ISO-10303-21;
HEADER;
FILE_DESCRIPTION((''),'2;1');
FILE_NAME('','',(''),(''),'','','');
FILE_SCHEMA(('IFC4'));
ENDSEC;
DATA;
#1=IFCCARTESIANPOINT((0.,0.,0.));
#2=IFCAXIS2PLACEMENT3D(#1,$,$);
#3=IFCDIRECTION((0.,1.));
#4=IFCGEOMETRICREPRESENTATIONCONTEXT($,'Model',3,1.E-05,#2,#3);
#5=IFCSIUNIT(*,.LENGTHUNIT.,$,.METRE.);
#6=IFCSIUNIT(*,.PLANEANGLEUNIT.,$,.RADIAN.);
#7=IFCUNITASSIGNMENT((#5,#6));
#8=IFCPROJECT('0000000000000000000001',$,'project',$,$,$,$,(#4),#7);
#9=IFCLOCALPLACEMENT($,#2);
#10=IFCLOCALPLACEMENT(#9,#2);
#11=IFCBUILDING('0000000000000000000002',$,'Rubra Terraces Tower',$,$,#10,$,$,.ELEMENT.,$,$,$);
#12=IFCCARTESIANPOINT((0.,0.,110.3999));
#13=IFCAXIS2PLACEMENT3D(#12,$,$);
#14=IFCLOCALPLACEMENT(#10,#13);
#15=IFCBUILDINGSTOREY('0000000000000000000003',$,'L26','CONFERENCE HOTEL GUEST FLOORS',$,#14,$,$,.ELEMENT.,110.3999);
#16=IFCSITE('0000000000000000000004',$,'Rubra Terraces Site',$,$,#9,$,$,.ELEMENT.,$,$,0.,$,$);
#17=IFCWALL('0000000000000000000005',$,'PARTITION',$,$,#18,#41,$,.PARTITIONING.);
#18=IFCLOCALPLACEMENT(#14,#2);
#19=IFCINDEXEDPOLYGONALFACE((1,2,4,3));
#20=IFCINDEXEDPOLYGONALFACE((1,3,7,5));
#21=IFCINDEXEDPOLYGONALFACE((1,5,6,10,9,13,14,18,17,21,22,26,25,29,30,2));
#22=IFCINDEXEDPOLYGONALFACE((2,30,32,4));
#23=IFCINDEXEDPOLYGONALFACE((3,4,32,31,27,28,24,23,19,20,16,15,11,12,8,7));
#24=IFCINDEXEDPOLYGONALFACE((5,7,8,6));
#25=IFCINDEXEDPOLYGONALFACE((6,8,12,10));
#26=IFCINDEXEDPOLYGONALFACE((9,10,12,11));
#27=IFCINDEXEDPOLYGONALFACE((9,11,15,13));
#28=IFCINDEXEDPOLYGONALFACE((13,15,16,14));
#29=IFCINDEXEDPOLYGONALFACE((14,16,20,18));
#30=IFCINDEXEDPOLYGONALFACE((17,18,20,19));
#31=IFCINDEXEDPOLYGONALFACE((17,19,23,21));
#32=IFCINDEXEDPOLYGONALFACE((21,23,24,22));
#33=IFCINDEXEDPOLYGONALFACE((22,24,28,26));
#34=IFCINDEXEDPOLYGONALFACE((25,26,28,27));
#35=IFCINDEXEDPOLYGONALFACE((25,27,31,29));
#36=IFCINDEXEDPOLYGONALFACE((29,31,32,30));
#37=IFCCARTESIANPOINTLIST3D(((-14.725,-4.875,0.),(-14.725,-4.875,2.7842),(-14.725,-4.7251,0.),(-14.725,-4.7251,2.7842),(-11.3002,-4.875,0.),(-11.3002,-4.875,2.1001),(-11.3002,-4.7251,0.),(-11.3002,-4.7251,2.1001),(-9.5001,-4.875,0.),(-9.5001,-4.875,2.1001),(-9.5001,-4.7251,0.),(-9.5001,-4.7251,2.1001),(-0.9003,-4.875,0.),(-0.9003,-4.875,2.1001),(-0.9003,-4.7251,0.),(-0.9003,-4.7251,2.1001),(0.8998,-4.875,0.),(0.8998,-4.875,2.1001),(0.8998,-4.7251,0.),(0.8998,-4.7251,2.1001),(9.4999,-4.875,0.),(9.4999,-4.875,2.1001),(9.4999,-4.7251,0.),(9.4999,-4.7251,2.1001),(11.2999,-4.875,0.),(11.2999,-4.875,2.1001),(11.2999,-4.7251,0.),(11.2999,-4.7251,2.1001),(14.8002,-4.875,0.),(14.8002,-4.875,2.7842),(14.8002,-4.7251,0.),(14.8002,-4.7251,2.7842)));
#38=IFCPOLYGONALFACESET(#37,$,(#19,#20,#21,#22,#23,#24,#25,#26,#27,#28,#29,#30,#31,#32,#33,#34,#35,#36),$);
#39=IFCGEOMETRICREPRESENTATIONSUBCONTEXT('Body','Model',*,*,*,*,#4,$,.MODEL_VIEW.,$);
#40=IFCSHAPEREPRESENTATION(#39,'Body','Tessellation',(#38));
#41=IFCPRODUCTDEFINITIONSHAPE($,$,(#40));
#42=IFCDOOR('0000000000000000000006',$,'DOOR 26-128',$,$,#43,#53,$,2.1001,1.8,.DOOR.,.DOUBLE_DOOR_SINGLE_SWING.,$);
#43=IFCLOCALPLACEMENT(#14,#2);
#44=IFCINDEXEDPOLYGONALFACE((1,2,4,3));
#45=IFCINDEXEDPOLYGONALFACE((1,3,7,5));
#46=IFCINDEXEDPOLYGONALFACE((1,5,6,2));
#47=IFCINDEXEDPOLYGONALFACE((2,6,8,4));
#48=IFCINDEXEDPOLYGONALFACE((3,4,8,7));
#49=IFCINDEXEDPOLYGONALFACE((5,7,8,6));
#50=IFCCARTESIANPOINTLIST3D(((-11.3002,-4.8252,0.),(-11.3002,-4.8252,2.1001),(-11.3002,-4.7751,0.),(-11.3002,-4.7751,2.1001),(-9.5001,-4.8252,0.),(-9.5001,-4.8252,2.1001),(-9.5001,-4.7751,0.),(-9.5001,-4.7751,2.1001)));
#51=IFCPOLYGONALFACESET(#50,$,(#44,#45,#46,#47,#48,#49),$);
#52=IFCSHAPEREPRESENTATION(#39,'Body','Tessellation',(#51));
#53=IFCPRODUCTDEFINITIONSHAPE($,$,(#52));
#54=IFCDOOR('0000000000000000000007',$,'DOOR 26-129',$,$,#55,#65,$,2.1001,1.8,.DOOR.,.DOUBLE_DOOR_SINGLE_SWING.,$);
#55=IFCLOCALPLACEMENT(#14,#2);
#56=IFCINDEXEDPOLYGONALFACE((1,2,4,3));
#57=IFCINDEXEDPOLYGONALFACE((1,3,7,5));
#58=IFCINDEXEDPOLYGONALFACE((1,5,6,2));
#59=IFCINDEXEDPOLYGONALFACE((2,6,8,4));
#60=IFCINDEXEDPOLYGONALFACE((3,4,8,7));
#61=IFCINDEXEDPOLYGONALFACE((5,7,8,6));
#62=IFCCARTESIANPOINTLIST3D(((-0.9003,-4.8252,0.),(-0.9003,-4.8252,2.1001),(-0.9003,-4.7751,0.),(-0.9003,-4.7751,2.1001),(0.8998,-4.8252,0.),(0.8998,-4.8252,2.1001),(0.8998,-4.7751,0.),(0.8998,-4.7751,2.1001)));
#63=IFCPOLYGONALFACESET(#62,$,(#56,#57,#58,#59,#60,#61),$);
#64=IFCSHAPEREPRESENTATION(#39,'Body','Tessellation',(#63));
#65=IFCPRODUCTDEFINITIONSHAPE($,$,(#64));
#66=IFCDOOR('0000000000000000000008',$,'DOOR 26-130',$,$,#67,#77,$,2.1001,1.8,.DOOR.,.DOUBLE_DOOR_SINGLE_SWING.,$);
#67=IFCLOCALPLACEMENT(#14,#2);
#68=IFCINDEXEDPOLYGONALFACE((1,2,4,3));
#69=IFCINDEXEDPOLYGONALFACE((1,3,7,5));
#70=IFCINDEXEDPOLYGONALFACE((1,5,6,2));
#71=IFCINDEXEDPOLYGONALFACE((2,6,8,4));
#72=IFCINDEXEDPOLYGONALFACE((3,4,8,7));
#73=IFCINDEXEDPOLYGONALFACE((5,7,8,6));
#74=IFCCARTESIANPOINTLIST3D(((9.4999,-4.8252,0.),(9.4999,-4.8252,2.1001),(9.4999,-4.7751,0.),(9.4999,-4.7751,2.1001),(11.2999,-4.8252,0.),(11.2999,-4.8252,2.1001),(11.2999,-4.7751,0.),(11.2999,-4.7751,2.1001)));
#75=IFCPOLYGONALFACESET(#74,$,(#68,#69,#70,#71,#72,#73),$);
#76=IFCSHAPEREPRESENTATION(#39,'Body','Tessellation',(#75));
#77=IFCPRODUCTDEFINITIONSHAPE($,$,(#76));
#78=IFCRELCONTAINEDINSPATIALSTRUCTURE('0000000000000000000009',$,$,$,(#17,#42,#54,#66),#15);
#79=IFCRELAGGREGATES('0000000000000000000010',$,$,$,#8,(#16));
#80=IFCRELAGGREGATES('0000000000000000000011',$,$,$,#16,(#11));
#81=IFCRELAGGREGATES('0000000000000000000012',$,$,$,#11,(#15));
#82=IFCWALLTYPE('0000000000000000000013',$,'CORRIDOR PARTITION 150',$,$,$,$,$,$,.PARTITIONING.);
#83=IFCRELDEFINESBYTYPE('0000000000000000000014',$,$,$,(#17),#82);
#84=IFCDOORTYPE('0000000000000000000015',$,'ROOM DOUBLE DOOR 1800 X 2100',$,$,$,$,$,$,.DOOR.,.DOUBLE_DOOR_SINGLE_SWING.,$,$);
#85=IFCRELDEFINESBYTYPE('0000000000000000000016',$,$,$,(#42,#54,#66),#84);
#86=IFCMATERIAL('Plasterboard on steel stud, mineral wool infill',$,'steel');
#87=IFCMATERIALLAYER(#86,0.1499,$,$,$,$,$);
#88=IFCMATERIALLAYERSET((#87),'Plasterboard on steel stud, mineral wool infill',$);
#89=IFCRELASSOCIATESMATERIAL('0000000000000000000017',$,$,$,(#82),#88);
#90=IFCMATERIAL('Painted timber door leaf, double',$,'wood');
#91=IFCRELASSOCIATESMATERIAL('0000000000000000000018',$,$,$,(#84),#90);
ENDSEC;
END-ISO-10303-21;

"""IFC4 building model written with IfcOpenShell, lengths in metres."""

from ifc_helpers import new_model, si_unit, direction, frame, frame_2d, origin, place, context, subcontext, project, spatial, rectangle, extrude, material, layer, layer_set, type_object, element, fill, save


model = new_model("IFC4")

# Units and contexts
model_context = context("Model", 3, precision=1e-05, world=origin(), true_north=direction((0.0, 1.0)))
body_context = subcontext(model_context, "Body", "Model", "MODEL_VIEW")
ifc_project = project(units=[si_unit("LENGTHUNIT", "METRE"), si_unit("PLANEANGLEUNIT", "RADIAN")], contexts=[model_context])

# Site, building, storey
site_placement = place(None, origin())
site = spatial("IfcSite", under=ifc_project, at=site_placement, Name="Rubra Terraces Site", CompositionType="ELEMENT", RefElevation=0.0)
building_placement = place(site_placement, origin())
building = spatial("IfcBuilding", under=site, at=building_placement, Name="Rubra Terraces Tower", CompositionType="ELEMENT")
storey_placement = place(building_placement, frame((0.0, 0.0, 110.3999)))
storey = spatial("IfcBuildingStorey", under=building, at=storey_placement, Name="L26", Description="CONFERENCE HOTEL GUEST FLOORS", CompositionType="ELEMENT", Elevation=110.3999)

# Shared definitions
ifc_material_1 = material(Name="Plasterboard on steel stud, mineral wool infill", Category="steel")
ifc_layer_1 = layer(ifc_material_1, 0.1499)
ifc_layer_set_1 = layer_set([ifc_layer_1], Name="Plasterboard on steel stud, mineral wool infill")
wall_type_1 = type_object("IfcWallType", Name="CORRIDOR PARTITION 150", PredefinedType="PARTITIONING", material=ifc_layer_set_1)

# Wall, openings, doors
wall_1_placement = place(storey_placement, frame((-14.7251, -4.8, 0.0), z_axis=(0.0, 0.0, 1.0), x_axis=(1.0, 0.0, 0.0)))
wall_1 = element("IfcWall", 1, at=wall_1_placement, inside=storey, type_object=wall_type_1, Name="PARTITION", PredefinedType="PARTITIONING", context=body_context, shape_type="SweptSolid", body=[
    extrude(rectangle(XDim=29.5251, YDim=0.1499, at=frame_2d((14.7627, 0.0))), origin(), (0.0, 0.0, 1.0), 2.7842),
])
opening_1_placement = place(wall_1_placement, frame((3.425, 0.0, 0.0)))
opening_1 = element("IfcOpeningElement", 2, at=opening_1_placement, cuts=wall_1, PredefinedType="OPENING", context=body_context, shape_type="SweptSolid", body=[
    extrude(rectangle(XDim=1.8, YDim=2.1001, at=frame_2d((0.8999, 1.05))), frame((0.0, 0.085, 0.0), z_axis=(0.0, -1.0, 0.0), x_axis=(1.0, 0.0, 0.0)), (0.0, 0.0, 1.0), 0.1699),
])
opening_2_placement = place(wall_1_placement, frame((13.825, 0.0, 0.0)))
opening_2 = element("IfcOpeningElement", 3, at=opening_2_placement, cuts=wall_1, PredefinedType="OPENING", context=body_context, shape_type="SweptSolid", body=[
    extrude(rectangle(XDim=1.8, YDim=2.1001, at=frame_2d((0.8999, 1.05))), frame((0.0, 0.085, 0.0), z_axis=(0.0, -1.0, 0.0), x_axis=(1.0, 0.0, 0.0)), (0.0, 0.0, 1.0), 0.1699),
])
opening_3_placement = place(wall_1_placement, frame((24.2251, 0.0, 0.0)))
opening_3 = element("IfcOpeningElement", 4, at=opening_3_placement, cuts=wall_1, PredefinedType="OPENING", context=body_context, shape_type="SweptSolid", body=[
    extrude(rectangle(XDim=1.8, YDim=2.1001, at=frame_2d((0.8999, 1.05))), frame((0.0, 0.085, 0.0), z_axis=(0.0, -1.0, 0.0), x_axis=(1.0, 0.0, 0.0)), (0.0, 0.0, 1.0), 0.1699),
])
ifc_material_2 = material(Name="Painted timber door leaf, double", Category="wood")
door_type = type_object("IfcDoorType", Name="ROOM DOUBLE DOOR 1800 X 2100", OperationType="DOUBLE_DOOR_SINGLE_SWING", PredefinedType="DOOR", material=ifc_material_2)
door_1_placement = place(opening_1_placement, origin())
door_1 = element("IfcDoor", 5, at=door_1_placement, inside=storey, type_object=door_type, Name="DOOR 26-128", OperationType="DOUBLE_DOOR_SINGLE_SWING", OverallHeight=2.1001, OverallWidth=1.8, PredefinedType="DOOR", context=body_context, shape_type="SweptSolid", body=[
    extrude(rectangle(XDim=1.8, YDim=2.1001, at=frame_2d((0.8999, 1.05))), frame((0.0, 0.0249, 0.0), z_axis=(0.0, -1.0, 0.0), x_axis=(1.0, 0.0, 0.0)), (0.0, 0.0, 1.0), 0.05),
])
fill(opening_1, door_1)
door_2_placement = place(opening_2_placement, origin())
door_2 = element("IfcDoor", 6, at=door_2_placement, inside=storey, type_object=door_type, Name="DOOR 26-129", OperationType="DOUBLE_DOOR_SINGLE_SWING", OverallHeight=2.1001, OverallWidth=1.8, PredefinedType="DOOR", context=body_context, shape_type="SweptSolid", body=[
    extrude(rectangle(XDim=1.8, YDim=2.1001, at=frame_2d((0.8999, 1.05))), frame((0.0, 0.0249, 0.0), z_axis=(0.0, -1.0, 0.0), x_axis=(1.0, 0.0, 0.0)), (0.0, 0.0, 1.0), 0.05),
])
fill(opening_2, door_2)
door_3_placement = place(opening_3_placement, origin())
door_3 = element("IfcDoor", 7, at=door_3_placement, inside=storey, type_object=door_type, Name="DOOR 26-130", OperationType="DOUBLE_DOOR_SINGLE_SWING", OverallHeight=2.1001, OverallWidth=1.8, PredefinedType="DOOR", context=body_context, shape_type="SweptSolid", body=[
    extrude(rectangle(XDim=1.8, YDim=2.1001, at=frame_2d((0.8999, 1.05))), frame((0.0, 0.0249, 0.0), z_axis=(0.0, -1.0, 0.0), x_axis=(1.0, 0.0, 0.0)), (0.0, 0.0, 1.0), 0.05),
])
fill(opening_3, door_3)

save(model, "model.ifc")
